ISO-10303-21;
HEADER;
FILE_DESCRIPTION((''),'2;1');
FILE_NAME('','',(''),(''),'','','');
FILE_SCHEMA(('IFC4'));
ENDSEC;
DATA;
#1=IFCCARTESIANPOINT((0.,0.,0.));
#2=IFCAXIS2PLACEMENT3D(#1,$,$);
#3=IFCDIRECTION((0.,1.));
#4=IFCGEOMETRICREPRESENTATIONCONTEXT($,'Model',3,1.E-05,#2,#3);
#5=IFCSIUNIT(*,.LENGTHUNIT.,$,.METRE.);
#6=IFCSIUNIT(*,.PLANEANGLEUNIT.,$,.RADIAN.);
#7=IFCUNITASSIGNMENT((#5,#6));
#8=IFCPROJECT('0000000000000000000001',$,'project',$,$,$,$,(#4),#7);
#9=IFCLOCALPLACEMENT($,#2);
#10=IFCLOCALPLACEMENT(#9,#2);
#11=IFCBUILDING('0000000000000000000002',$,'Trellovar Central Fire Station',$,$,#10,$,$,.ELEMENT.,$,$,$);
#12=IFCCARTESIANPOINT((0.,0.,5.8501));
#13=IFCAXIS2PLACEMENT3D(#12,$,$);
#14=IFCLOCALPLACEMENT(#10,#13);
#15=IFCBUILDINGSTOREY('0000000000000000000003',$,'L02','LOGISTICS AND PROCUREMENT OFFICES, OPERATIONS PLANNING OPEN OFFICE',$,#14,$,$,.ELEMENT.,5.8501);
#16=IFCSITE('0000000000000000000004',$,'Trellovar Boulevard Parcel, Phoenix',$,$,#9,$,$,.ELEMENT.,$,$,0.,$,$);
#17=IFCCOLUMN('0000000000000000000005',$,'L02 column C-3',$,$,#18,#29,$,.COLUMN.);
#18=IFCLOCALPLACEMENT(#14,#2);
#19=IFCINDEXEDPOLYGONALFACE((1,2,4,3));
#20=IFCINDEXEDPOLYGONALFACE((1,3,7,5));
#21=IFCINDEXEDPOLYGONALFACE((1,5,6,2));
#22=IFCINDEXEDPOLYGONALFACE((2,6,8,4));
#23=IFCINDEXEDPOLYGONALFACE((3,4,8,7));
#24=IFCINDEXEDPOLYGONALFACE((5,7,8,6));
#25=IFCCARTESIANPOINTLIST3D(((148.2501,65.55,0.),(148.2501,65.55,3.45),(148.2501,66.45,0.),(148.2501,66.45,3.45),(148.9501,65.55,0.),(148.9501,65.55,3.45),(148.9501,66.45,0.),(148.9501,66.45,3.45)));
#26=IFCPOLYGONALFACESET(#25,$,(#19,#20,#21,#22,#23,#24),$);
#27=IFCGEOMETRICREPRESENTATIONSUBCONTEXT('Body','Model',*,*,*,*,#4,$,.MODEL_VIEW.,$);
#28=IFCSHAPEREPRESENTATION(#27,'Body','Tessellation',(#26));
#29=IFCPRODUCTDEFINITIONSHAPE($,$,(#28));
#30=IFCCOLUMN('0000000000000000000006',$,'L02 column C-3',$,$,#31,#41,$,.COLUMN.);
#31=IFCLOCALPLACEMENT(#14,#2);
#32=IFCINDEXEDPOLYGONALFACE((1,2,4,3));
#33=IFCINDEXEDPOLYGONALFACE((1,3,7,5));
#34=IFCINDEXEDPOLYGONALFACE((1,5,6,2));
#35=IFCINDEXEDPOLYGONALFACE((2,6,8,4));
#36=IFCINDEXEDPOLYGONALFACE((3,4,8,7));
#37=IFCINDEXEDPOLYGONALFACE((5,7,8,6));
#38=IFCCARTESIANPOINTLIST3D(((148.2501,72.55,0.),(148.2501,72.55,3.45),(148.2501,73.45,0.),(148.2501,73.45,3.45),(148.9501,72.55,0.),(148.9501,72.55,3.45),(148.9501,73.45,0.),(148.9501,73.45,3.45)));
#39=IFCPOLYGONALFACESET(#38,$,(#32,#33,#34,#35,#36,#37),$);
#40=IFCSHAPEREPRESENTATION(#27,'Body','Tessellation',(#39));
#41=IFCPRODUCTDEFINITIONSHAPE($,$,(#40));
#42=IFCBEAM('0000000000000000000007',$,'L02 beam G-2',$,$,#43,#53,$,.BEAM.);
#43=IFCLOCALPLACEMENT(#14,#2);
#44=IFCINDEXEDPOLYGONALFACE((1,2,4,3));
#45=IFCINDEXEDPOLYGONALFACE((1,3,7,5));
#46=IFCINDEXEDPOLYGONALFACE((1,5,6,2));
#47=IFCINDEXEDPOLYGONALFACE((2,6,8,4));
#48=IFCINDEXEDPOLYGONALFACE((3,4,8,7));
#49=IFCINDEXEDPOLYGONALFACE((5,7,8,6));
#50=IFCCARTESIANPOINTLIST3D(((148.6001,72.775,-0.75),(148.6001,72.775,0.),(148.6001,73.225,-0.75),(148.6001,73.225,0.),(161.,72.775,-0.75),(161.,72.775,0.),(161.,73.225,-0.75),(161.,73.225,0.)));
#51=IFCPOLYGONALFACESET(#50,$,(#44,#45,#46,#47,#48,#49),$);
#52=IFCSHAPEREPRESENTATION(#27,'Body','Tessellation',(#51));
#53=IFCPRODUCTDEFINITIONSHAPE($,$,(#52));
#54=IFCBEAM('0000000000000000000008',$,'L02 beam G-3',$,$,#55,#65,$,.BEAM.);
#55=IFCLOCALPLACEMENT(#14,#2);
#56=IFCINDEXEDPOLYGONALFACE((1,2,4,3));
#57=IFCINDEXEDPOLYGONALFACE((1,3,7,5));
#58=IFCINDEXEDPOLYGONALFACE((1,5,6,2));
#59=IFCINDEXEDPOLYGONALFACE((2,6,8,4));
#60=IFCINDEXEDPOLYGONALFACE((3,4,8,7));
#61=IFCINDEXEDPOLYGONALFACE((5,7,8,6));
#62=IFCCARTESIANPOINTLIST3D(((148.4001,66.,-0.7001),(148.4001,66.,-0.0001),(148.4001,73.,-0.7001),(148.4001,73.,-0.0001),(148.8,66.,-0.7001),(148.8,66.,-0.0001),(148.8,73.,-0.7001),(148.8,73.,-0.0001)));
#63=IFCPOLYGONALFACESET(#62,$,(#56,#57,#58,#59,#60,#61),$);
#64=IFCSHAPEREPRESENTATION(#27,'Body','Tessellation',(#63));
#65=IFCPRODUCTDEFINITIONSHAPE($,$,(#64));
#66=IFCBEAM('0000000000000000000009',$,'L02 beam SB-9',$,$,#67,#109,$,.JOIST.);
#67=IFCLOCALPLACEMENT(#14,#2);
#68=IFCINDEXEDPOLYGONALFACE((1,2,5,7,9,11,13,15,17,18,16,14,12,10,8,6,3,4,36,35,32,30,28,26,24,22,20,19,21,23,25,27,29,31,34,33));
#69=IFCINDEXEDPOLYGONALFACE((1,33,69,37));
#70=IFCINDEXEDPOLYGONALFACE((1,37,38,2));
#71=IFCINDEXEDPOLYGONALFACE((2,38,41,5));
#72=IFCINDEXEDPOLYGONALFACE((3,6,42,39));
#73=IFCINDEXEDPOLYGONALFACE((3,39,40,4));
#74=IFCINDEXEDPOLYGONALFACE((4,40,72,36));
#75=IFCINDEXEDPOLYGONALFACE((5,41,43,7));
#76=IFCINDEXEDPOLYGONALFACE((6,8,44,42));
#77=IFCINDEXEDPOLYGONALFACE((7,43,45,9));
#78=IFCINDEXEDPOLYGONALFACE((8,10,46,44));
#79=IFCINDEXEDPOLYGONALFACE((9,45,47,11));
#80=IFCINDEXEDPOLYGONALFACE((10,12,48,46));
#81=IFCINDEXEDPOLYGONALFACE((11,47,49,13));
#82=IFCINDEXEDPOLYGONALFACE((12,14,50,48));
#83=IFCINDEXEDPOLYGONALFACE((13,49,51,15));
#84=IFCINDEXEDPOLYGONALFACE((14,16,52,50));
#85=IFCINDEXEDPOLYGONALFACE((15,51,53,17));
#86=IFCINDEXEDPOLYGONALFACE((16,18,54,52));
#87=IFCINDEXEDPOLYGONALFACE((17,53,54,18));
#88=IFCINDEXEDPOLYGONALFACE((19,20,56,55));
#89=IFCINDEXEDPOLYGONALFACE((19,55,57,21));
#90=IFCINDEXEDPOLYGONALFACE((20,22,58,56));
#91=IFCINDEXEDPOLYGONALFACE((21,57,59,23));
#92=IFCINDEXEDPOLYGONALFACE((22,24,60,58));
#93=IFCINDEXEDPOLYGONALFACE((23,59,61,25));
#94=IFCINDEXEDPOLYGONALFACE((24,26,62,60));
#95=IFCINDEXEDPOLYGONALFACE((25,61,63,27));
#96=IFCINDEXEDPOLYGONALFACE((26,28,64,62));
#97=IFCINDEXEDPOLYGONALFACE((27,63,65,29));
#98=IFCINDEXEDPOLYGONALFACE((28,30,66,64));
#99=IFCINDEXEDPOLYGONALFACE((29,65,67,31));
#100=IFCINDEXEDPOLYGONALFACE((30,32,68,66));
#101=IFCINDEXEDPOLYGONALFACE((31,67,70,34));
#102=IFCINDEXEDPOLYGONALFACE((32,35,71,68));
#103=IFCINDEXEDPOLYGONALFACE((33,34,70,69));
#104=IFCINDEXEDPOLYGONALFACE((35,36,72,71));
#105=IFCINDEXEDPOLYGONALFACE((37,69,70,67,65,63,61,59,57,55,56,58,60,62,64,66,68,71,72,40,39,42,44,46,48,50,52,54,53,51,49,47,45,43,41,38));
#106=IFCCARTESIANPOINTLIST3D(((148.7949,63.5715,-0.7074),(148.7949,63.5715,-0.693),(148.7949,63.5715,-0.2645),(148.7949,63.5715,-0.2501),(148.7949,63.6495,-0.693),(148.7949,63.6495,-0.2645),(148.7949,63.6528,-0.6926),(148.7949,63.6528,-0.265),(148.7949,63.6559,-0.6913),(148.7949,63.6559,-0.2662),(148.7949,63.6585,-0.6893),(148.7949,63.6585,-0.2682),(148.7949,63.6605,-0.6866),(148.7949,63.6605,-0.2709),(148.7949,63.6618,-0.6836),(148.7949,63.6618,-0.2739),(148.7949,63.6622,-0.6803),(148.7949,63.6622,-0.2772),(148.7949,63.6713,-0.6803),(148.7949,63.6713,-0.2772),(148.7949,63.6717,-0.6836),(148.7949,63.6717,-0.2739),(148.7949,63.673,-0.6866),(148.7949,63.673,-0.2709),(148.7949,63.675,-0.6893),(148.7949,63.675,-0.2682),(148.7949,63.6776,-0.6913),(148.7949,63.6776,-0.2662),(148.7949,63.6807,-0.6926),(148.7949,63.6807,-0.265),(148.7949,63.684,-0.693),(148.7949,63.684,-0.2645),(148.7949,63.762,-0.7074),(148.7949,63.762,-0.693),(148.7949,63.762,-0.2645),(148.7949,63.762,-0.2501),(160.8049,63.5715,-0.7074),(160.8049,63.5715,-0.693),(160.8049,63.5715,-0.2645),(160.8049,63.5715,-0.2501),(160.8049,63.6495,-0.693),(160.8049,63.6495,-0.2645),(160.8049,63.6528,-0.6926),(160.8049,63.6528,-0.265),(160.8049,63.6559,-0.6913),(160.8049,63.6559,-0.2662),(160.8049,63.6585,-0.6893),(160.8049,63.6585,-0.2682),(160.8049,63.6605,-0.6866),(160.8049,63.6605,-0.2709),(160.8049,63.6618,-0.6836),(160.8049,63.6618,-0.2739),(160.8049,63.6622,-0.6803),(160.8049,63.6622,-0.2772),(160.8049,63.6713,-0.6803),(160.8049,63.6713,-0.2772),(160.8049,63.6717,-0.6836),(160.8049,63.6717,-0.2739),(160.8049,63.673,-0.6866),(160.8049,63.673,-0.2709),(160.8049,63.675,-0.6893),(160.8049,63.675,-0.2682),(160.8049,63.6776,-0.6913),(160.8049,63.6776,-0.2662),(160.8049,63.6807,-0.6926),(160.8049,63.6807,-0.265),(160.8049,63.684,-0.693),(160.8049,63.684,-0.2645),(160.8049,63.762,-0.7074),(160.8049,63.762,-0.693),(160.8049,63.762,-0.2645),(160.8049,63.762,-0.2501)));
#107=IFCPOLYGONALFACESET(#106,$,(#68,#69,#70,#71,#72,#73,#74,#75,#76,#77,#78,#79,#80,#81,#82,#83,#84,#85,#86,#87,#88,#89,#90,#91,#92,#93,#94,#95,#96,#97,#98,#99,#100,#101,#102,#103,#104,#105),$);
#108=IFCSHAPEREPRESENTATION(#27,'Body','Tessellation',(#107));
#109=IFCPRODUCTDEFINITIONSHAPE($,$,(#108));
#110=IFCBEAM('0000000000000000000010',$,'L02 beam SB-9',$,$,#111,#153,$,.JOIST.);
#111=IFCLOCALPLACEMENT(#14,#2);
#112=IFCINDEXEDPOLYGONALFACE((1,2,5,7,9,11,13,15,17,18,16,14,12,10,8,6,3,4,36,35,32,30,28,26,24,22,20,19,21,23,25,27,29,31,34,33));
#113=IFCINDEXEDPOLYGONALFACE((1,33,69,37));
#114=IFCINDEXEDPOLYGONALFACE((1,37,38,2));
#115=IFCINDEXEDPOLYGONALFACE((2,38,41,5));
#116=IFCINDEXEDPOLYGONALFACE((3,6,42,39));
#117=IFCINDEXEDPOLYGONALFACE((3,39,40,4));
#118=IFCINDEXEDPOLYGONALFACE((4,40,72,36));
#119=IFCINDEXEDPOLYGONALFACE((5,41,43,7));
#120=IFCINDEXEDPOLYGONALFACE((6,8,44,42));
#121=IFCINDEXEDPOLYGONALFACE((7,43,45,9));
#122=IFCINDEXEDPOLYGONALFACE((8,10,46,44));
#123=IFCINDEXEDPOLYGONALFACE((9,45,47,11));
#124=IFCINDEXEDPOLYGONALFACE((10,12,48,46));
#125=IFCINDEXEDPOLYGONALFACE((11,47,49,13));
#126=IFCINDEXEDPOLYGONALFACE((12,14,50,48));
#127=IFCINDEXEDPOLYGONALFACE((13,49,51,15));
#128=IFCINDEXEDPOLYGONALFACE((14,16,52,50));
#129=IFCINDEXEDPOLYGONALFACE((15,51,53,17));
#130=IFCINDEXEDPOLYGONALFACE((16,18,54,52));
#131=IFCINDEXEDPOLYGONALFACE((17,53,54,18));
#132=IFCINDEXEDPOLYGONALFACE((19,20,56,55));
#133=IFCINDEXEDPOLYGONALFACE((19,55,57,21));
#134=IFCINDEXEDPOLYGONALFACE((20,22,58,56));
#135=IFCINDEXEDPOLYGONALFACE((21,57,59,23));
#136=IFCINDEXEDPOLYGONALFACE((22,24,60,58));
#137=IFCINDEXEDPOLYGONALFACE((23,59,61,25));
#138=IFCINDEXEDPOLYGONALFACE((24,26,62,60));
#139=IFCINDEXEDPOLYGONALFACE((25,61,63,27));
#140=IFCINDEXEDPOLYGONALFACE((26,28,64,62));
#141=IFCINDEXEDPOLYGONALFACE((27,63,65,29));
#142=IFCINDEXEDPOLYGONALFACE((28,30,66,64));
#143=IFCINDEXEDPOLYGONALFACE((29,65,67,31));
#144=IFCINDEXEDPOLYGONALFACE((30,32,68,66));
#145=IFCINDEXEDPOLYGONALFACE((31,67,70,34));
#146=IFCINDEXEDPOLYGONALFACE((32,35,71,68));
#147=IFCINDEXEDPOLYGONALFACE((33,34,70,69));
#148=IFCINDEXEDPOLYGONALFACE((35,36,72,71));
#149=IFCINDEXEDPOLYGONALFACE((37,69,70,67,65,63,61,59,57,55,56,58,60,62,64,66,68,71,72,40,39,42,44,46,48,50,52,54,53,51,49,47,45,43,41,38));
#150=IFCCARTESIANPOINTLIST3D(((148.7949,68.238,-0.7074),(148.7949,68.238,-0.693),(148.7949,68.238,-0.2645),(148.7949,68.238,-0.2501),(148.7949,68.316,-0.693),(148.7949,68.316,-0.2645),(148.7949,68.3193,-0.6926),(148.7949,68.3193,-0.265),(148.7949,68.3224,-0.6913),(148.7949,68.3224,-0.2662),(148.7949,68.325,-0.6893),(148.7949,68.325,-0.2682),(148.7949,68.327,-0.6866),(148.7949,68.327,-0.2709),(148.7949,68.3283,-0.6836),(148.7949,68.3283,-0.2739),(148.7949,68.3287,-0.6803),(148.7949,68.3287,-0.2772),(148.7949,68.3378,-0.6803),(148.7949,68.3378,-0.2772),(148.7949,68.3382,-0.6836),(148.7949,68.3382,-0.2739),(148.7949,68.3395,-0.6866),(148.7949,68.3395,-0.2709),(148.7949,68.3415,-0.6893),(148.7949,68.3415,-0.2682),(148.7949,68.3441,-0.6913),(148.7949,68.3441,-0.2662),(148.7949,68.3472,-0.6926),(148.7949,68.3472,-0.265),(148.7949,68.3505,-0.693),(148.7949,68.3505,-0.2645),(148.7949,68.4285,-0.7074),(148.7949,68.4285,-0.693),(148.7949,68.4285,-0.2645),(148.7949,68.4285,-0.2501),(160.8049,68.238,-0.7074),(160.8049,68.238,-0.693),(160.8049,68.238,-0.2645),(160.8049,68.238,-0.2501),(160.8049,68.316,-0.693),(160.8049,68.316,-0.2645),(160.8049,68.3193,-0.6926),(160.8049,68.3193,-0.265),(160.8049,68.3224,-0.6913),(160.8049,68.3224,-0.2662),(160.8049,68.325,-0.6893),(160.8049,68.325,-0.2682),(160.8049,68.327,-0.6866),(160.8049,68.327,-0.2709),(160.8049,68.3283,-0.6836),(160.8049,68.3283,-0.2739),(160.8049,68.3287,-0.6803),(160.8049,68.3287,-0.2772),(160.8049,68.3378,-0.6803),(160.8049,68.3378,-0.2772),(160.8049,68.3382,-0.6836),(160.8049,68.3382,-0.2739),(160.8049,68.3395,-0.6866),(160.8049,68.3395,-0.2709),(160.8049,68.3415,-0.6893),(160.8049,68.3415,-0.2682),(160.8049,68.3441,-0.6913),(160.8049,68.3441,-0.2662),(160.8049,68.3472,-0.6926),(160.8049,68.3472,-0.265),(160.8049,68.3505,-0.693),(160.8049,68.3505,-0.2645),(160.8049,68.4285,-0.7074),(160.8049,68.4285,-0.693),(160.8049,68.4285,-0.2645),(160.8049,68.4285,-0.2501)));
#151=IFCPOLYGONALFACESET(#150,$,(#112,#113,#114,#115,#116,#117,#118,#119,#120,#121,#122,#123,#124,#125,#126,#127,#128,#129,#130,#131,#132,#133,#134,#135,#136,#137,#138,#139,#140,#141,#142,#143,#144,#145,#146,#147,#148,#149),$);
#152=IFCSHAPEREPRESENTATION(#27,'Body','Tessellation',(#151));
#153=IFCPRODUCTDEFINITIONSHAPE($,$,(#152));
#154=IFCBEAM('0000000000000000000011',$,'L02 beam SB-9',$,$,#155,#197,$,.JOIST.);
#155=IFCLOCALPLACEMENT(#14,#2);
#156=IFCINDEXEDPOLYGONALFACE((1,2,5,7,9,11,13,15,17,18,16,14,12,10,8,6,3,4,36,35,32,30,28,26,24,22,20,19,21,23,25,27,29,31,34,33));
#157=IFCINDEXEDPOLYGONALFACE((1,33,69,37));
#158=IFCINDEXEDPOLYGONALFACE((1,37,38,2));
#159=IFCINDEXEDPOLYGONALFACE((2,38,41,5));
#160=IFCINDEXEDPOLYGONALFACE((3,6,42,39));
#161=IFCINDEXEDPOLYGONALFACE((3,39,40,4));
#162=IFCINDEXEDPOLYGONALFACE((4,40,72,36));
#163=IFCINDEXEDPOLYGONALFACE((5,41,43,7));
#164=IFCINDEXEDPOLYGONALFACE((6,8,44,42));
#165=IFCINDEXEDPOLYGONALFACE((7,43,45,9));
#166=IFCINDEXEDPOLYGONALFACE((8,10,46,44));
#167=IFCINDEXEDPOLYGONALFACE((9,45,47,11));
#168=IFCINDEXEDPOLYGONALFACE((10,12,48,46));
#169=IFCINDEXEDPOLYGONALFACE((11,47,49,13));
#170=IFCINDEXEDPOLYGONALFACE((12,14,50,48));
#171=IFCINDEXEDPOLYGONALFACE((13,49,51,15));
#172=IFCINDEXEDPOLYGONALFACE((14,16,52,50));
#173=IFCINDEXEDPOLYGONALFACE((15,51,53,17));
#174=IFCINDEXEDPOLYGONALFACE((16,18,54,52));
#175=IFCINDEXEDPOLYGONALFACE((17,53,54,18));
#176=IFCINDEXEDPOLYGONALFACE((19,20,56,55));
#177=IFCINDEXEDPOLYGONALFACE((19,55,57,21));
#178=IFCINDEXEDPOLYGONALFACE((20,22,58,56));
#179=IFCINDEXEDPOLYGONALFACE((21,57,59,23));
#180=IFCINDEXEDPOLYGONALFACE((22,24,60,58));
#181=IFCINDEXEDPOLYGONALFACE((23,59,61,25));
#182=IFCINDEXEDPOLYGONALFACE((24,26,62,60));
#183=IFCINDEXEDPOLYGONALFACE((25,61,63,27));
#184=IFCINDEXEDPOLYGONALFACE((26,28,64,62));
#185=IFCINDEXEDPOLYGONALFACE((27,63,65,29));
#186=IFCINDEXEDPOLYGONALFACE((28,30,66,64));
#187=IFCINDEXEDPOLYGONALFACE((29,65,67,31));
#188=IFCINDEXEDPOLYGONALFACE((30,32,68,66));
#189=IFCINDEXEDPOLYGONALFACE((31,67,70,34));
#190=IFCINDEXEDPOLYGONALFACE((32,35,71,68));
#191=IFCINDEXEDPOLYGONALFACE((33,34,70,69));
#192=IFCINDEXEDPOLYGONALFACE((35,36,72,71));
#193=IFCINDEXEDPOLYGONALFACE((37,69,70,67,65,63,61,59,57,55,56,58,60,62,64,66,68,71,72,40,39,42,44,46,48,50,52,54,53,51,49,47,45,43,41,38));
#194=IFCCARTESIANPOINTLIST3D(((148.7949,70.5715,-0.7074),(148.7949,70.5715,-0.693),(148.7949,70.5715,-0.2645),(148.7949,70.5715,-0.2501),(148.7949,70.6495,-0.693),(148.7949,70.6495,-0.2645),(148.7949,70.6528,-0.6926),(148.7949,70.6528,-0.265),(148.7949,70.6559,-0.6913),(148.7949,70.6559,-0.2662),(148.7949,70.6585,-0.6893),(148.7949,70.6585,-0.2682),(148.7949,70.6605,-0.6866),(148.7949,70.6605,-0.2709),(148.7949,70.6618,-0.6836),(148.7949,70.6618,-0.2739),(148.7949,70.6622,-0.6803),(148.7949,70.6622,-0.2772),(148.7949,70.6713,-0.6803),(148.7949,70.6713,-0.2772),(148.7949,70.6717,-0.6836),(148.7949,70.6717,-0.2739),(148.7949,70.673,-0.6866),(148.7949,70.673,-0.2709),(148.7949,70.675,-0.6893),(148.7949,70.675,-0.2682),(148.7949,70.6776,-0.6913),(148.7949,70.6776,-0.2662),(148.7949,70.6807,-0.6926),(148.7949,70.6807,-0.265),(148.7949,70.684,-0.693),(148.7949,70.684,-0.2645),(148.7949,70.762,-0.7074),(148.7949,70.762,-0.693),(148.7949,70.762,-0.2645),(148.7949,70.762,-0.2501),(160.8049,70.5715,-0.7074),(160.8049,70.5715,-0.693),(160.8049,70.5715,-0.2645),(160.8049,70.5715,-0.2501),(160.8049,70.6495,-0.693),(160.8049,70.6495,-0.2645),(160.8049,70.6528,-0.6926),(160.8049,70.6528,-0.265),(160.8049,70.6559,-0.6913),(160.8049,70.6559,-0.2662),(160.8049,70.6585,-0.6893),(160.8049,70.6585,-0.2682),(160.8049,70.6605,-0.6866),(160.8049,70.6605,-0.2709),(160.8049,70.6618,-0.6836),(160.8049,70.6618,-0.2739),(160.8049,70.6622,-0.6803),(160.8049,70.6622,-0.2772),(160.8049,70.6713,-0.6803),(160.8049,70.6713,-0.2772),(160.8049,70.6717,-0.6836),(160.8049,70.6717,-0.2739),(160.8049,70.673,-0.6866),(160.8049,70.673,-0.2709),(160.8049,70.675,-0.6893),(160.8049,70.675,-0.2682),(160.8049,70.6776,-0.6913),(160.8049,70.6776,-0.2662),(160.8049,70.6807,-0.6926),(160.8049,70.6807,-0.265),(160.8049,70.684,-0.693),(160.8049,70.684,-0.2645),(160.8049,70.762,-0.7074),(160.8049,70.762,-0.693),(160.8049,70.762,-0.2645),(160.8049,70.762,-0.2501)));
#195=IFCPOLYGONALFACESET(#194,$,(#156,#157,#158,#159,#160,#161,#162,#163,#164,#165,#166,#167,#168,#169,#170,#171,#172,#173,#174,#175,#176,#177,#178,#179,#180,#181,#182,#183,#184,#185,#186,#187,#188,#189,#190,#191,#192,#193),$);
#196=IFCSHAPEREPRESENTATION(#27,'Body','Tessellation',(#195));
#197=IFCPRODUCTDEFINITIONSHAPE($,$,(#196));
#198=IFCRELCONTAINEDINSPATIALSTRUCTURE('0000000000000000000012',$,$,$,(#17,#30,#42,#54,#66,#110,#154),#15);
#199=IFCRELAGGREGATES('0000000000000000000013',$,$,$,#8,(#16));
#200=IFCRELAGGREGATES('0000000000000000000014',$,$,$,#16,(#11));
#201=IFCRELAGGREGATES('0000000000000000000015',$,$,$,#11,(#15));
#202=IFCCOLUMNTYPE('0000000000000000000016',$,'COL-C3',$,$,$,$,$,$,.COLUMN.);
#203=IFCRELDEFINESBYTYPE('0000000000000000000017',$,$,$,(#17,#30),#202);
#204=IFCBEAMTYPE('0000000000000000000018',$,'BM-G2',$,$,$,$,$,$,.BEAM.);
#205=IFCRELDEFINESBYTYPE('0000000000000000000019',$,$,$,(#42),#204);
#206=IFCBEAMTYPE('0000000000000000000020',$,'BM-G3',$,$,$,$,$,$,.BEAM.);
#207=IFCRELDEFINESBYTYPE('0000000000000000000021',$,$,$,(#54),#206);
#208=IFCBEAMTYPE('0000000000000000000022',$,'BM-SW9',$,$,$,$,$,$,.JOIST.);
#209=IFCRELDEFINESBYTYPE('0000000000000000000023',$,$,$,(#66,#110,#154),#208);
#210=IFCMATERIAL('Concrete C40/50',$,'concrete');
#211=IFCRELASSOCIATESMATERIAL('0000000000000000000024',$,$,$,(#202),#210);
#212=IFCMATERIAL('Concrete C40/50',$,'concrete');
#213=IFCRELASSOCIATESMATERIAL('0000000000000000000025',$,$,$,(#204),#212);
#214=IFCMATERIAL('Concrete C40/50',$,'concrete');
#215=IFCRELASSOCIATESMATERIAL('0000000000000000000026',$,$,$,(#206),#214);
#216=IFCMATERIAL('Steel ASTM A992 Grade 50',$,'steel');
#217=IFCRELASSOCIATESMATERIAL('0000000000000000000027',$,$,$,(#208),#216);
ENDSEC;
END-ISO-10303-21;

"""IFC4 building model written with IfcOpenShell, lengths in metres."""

from ifc_helpers import new_model, si_unit, direction, frame, origin, origin_2d, place, context, subcontext, project, spatial, rectangle, i_section, extrude, material, material_profile, profile_set, type_object, element, save


model = new_model("IFC4")

# Units and contexts
model_context = context("Model", 3, precision=1e-05, world=origin(), true_north=direction((0.0, 1.0)))
body_context = subcontext(model_context, "Body", "Model", "MODEL_VIEW")
ifc_project = project(units=[si_unit("LENGTHUNIT", "METRE"), si_unit("PLANEANGLEUNIT", "RADIAN")], contexts=[model_context])

# Site, building, storey
site_placement = place(None, origin())
site = spatial("IfcSite", under=ifc_project, at=site_placement, Name="Trellovar Boulevard Parcel, Phoenix", CompositionType="ELEMENT", RefElevation=0.0)
building_placement = place(site_placement, origin())
building = spatial("IfcBuilding", under=site, at=building_placement, Name="Trellovar Central Fire Station", CompositionType="ELEMENT")
storey_placement = place(building_placement, frame((0.0, 0.0, 5.8501)))
storey = spatial("IfcBuildingStorey", under=building, at=storey_placement, Name="L02", Description="LOGISTICS AND PROCUREMENT OFFICES, OPERATIONS PLANNING OPEN OFFICE", CompositionType="ELEMENT", Elevation=5.8501)

# Columns
ifc_material_1 = material(Name="Concrete C40/50", Category="concrete")
ifc_material_profile_1 = material_profile(ifc_material_1, rectangle(XDim=0.7, YDim=0.8999, at=origin_2d()), Name="RC700X900")
ifc_profile_set_1 = profile_set([ifc_material_profile_1], Name="Concrete C40/50")
column_type = type_object("IfcColumnType", Name="COL-C3", PredefinedType="COLUMN", material=ifc_profile_set_1)
for number, where, z_axis, x_axis, name in (
    (1, (148.6001, 66.0, 0.0), (0.0, 0.0, 1.0), (1.0, 0.0, 0.0), "L02 column C-3"),
    (2, (148.6001, 73.0, 0.0), (0.0, 0.0, 1.0), (1.0, 0.0, 0.0), "L02 column C-3"),
):
    element("IfcColumn", number, at=place(storey_placement, frame(where, z_axis=z_axis, x_axis=x_axis)), inside=storey, type_object=column_type, Name=name, PredefinedType="COLUMN", context=body_context, shape_type="SweptSolid", body=[
        extrude(rectangle(XDim=0.7, YDim=0.8999, at=origin_2d()), origin(), (0.0, 0.0, 1.0), 3.45),
    ])

# Beams
ifc_material_2 = material(Name="Concrete C40/50", Category="concrete")
ifc_material_profile_2 = material_profile(ifc_material_2, rectangle(XDim=0.45, YDim=0.75, at=origin_2d()), Name="RC450X750")
ifc_profile_set_2 = profile_set([ifc_material_profile_2], Name="Concrete C40/50")
beam_type_1 = type_object("IfcBeamType", Name="BM-G2", PredefinedType="BEAM", material=ifc_profile_set_2)
beam_1_placement = place(storey_placement, frame((148.6001, 73.0, -0.375), z_axis=(1.0, 0.0, 0.0), x_axis=(0.0, 1.0, 0.0)))
element("IfcBeam", 3, at=beam_1_placement, inside=storey, type_object=beam_type_1, Name="L02 beam G-2", PredefinedType="BEAM", context=body_context, shape_type="SweptSolid", body=[
    extrude(rectangle(XDim=0.45, YDim=0.75, at=origin_2d()), origin(), (0.0, 0.0, 1.0), 12.3999),
])
ifc_material_3 = material(Name="Concrete C40/50", Category="concrete")
ifc_material_profile_3 = material_profile(ifc_material_3, rectangle(XDim=0.3999, YDim=0.7, at=origin_2d()), Name="RC400X700")
ifc_profile_set_3 = profile_set([ifc_material_profile_3], Name="Concrete C40/50")
beam_type_2 = type_object("IfcBeamType", Name="BM-G3", PredefinedType="BEAM", material=ifc_profile_set_3)
beam_2_placement = place(storey_placement, frame((148.6001, 66.0, -0.3501), z_axis=(0.0, 1.0, 0.0), x_axis=(-1.0, 0.0, 0.0)))
element("IfcBeam", 4, at=beam_2_placement, inside=storey, type_object=beam_type_2, Name="L02 beam G-3", PredefinedType="BEAM", context=body_context, shape_type="SweptSolid", body=[
    extrude(rectangle(XDim=0.3999, YDim=0.7, at=origin_2d()), origin(), (0.0, 0.0, 1.0), 7.0),
])
ifc_material_4 = material(Name="Steel ASTM A992 Grade 50", Category="steel")
ifc_material_profile_4 = material_profile(ifc_material_4, i_section(OverallWidth=0.1904, OverallDepth=0.4573, WebThickness=0.009, FlangeThickness=0.0144, FilletRadius=0.0127, at=origin_2d()), Name="W18X50")
ifc_profile_set_4 = profile_set([ifc_material_profile_4], Name="Steel ASTM A992 Grade 50")
beam_type_3 = type_object("IfcBeamType", Name="BM-SW9", PredefinedType="JOIST", material=ifc_profile_set_4)
for number, where, z_axis, x_axis, name in (
    (5, (148.7949, 63.6667, -0.4788), (1.0, 0.0, 0.0), (0.0, 1.0, 0.0), "L02 beam SB-9"),
    (6, (148.7949, 68.3333, -0.4788), (1.0, 0.0, 0.0), (0.0, 1.0, 0.0), "L02 beam SB-9"),
    (7, (148.7949, 70.6667, -0.4788), (1.0, 0.0, 0.0), (0.0, 1.0, 0.0), "L02 beam SB-9"),
):
    element("IfcBeam", number, at=place(storey_placement, frame(where, z_axis=z_axis, x_axis=x_axis)), inside=storey, type_object=beam_type_3, Name=name, PredefinedType="JOIST", context=body_context, shape_type="SweptSolid", body=[
        extrude(i_section(OverallWidth=0.1904, OverallDepth=0.4573, WebThickness=0.009, FlangeThickness=0.0144, FilletRadius=0.0127, at=origin_2d()), origin(), (0.0, 0.0, 1.0), 12.01),
    ])

save(model, "model.ifc")
